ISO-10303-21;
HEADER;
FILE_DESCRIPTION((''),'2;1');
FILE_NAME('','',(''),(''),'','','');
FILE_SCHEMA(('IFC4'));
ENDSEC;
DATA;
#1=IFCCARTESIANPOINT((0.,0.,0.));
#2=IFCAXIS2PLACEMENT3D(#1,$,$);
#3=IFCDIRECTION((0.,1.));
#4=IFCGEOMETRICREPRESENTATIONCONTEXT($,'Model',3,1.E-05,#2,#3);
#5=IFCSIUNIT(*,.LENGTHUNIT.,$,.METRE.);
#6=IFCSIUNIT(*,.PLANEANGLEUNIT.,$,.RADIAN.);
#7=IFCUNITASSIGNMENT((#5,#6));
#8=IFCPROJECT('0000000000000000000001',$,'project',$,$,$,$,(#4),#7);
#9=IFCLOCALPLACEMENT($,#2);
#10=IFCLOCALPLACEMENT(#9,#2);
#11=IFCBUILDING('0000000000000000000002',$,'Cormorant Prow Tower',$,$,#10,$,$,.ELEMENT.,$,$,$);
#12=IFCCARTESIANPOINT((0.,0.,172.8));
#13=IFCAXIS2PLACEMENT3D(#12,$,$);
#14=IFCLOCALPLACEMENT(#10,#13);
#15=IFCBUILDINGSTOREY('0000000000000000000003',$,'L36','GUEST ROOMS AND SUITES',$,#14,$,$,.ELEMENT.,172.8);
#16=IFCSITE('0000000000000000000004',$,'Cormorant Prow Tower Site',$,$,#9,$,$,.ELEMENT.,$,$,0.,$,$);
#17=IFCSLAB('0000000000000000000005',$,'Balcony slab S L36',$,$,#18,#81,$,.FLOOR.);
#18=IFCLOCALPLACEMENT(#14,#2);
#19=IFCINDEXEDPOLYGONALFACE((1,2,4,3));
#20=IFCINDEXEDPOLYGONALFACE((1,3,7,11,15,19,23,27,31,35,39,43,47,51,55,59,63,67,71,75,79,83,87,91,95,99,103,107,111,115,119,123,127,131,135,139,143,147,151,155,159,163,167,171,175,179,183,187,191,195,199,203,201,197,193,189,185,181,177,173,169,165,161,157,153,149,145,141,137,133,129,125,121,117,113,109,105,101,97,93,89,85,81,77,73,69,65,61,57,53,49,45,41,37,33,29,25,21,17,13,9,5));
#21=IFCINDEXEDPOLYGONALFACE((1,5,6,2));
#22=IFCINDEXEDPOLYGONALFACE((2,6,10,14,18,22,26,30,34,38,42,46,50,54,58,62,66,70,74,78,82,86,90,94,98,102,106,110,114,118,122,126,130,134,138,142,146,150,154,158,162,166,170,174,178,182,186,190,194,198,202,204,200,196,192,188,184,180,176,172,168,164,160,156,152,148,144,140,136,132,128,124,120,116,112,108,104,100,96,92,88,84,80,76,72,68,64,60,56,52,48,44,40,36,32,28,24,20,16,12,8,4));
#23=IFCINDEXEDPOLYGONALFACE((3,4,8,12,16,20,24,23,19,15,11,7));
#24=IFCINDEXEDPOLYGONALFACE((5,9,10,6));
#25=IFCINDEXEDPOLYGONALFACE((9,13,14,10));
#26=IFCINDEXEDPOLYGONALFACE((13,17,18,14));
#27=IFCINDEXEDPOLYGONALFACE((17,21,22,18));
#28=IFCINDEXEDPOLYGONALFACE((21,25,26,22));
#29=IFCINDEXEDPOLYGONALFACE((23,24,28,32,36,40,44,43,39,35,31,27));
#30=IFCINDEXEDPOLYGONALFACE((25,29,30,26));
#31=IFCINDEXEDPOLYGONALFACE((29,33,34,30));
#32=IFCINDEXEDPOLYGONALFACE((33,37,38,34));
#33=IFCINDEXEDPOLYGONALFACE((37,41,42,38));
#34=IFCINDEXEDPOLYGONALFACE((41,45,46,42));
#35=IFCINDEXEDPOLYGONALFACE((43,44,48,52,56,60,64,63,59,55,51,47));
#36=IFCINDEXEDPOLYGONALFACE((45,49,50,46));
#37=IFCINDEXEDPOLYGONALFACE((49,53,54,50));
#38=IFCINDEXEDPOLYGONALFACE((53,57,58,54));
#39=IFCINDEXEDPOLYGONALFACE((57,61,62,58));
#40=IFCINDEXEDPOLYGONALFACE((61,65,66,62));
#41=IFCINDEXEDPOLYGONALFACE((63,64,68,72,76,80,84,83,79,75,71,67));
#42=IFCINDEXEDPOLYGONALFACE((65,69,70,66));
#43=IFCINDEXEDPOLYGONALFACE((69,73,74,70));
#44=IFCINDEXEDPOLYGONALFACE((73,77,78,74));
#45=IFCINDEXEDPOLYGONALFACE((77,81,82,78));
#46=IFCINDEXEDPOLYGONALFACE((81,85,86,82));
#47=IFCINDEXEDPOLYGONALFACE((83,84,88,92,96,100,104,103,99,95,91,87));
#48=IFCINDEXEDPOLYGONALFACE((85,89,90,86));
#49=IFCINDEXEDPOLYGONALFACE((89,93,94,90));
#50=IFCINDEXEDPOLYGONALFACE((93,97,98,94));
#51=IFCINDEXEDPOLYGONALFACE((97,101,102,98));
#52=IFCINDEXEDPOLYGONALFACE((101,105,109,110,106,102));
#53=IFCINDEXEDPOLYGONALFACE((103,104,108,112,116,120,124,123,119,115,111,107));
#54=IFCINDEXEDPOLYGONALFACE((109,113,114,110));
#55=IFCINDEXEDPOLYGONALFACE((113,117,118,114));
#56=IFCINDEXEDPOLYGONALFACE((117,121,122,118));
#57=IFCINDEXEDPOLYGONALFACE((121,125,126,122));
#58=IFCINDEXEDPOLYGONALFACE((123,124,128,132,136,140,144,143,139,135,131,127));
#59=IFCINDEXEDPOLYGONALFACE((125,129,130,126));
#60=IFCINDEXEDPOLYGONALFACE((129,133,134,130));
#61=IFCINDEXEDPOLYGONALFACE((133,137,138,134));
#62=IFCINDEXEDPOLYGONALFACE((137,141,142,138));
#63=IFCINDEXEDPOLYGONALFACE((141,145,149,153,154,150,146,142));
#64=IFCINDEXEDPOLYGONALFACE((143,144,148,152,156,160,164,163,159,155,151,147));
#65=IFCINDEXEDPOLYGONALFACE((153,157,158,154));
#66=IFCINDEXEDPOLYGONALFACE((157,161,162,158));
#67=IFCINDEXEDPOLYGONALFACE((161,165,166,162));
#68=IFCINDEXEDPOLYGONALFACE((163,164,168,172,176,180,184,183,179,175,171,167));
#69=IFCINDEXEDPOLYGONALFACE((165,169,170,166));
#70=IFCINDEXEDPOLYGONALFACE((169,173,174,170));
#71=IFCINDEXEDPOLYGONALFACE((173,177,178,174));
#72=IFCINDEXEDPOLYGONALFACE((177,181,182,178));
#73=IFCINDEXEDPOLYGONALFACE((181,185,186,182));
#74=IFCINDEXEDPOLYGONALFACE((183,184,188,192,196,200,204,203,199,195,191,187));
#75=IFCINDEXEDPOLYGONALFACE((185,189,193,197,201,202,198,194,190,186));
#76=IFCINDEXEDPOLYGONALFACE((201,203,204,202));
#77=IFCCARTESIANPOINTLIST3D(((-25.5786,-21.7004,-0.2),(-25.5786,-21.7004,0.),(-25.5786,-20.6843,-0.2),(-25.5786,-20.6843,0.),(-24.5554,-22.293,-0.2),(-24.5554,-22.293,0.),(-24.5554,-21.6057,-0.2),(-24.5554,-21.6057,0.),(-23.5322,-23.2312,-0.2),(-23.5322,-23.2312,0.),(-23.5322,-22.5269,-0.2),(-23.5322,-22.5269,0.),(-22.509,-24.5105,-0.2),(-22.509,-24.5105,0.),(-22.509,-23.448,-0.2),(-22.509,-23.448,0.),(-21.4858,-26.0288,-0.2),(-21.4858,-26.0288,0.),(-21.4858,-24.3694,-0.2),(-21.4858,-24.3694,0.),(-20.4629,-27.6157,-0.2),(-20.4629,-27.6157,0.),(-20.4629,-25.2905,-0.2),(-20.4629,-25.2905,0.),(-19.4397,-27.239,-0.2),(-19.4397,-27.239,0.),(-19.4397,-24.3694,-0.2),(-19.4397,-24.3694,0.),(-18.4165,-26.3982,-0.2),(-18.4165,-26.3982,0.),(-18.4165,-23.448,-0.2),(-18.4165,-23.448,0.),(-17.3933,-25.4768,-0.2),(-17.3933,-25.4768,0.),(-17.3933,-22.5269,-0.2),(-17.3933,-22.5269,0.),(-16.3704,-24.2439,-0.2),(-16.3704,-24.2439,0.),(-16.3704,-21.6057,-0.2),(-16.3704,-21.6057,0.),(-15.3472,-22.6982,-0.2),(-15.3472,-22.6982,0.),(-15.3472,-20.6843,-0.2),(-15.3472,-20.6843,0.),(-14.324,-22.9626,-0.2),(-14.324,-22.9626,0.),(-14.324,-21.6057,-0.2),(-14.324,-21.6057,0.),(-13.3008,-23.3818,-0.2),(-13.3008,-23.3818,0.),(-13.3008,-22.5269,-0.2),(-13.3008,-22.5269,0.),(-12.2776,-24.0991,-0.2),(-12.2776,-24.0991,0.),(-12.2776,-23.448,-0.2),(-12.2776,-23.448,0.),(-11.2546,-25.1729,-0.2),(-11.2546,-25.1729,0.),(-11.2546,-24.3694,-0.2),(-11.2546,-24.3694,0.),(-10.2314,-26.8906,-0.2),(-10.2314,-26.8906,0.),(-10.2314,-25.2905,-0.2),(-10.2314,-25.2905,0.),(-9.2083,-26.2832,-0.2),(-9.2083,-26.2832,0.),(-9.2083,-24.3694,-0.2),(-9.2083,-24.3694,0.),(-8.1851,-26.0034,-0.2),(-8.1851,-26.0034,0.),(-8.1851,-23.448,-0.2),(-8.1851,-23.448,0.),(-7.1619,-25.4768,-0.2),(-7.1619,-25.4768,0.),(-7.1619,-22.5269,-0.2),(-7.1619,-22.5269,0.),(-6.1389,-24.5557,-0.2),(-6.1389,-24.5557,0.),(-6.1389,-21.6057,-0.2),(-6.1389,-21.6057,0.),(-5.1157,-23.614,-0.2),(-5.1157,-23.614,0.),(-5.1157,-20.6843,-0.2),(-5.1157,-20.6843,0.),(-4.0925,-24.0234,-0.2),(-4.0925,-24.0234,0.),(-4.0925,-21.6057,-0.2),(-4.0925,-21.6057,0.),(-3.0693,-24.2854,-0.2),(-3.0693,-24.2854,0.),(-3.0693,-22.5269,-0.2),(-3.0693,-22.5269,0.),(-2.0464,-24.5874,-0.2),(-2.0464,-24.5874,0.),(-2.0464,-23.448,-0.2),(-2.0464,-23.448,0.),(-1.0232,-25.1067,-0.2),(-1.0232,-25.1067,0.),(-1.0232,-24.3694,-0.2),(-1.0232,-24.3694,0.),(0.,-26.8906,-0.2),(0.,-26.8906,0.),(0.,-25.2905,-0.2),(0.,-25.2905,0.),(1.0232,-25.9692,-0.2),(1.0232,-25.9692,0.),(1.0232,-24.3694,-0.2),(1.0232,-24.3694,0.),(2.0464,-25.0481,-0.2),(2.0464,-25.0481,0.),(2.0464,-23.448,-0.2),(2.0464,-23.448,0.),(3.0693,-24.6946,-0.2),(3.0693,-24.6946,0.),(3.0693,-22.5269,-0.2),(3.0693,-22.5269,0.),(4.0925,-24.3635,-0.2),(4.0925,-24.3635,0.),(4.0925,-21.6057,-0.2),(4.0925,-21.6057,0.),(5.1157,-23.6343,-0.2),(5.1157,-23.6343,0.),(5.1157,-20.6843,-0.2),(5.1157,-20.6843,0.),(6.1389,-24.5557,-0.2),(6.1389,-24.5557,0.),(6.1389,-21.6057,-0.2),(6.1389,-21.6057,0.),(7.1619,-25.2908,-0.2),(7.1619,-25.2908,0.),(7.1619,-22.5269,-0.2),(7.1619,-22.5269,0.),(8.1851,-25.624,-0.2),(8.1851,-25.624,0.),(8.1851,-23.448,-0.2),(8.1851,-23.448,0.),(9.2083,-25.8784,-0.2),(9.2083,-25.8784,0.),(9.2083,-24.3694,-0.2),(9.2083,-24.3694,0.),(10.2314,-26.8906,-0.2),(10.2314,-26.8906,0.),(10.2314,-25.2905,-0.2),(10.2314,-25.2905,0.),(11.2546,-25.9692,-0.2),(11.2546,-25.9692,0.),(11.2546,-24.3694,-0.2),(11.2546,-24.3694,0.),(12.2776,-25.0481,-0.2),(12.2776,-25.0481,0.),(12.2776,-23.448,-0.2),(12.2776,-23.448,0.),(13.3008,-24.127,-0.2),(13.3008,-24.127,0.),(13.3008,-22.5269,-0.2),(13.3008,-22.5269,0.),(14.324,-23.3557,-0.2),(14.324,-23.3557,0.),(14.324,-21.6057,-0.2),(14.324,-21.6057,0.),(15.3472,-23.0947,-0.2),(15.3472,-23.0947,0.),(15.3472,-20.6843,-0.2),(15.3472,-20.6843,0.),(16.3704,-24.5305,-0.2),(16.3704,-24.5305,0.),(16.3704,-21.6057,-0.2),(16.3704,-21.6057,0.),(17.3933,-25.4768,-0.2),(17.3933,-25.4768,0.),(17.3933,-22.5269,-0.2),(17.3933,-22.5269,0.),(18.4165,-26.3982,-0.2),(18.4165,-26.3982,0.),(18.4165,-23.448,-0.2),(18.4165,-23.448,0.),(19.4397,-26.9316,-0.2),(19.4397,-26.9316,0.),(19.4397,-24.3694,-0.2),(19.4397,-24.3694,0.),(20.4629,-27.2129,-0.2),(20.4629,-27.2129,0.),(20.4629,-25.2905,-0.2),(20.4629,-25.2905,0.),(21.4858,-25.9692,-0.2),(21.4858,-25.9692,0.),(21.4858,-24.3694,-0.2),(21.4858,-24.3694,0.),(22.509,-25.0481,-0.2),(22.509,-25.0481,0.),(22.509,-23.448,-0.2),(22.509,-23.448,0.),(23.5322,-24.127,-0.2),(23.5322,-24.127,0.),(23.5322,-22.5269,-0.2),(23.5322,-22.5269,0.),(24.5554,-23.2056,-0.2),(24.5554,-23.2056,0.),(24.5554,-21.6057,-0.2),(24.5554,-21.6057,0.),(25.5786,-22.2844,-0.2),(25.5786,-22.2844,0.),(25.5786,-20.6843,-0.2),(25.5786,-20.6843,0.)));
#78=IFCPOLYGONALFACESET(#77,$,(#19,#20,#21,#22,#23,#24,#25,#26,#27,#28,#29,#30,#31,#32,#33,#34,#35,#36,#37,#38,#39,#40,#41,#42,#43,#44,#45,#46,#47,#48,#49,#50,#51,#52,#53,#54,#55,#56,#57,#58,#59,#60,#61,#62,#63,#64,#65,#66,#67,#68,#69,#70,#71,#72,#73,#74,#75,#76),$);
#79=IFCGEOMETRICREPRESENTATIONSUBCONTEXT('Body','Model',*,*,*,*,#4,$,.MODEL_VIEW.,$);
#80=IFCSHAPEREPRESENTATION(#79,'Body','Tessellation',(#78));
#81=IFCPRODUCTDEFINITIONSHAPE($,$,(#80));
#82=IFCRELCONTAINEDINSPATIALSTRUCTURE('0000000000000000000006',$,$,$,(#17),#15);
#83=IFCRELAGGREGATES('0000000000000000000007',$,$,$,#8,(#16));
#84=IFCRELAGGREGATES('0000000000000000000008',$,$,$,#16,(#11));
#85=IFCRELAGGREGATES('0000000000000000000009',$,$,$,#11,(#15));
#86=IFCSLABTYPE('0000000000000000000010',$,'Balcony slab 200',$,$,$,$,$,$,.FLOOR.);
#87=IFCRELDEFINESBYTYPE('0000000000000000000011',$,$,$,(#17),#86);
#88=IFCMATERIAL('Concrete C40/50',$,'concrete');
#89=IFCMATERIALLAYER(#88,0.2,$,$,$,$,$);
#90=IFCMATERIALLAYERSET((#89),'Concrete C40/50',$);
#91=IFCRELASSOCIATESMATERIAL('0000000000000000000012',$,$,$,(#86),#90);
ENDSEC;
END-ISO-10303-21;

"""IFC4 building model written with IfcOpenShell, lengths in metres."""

from ifc_helpers import new_model, si_unit, direction, frame, origin, place, context, subcontext, project, spatial, polyline, outline, extrude, material, layer, layer_set, type_object, element, save


model = new_model("IFC4")

# Units and contexts
model_context = context("Model", 3, precision=1e-05, world=origin(), true_north=direction((0.0, 1.0)))
body_context = subcontext(model_context, "Body", "Model", "MODEL_VIEW")
ifc_project = project(units=[si_unit("LENGTHUNIT", "METRE"), si_unit("PLANEANGLEUNIT", "RADIAN")], contexts=[model_context])

# Site, building, storey
site_placement = place(None, origin())
site = spatial("IfcSite", under=ifc_project, at=site_placement, Name="Cormorant Prow Tower Site", CompositionType="ELEMENT", RefElevation=0.0)
building_placement = place(site_placement, origin())
building = spatial("IfcBuilding", under=site, at=building_placement, Name="Cormorant Prow Tower", CompositionType="ELEMENT")
storey_placement = place(building_placement, frame((0.0, 0.0, 172.8)))
storey = spatial("IfcBuildingStorey", under=building, at=storey_placement, Name="L36", Description="GUEST ROOMS AND SUITES", CompositionType="ELEMENT", Elevation=172.8)

# Slab
ifc_material_1 = material(Name="Concrete C40/50", Category="concrete")
ifc_layer_1 = layer(ifc_material_1, 0.2)
ifc_layer_set_1 = layer_set([ifc_layer_1], Name="Concrete C40/50")
slab_type_1 = type_object("IfcSlabType", Name="Balcony slab 200", PredefinedType="FLOOR", material=ifc_layer_set_1)
slab_1_placement = place(storey_placement, frame((0.0, 0.0, -0.2)))
element("IfcSlab", 1, at=slab_1_placement, inside=storey, type_object=slab_type_1, Name="Balcony slab S L36", PredefinedType="FLOOR", context=body_context, shape_type="SweptSolid", body=[
    extrude(outline(polyline([(-25.5786, -20.6843), (-25.5786, -21.7004), (-24.5554, -22.293), (-23.5322, -23.2312), (-22.509, -24.5105), (-21.4858, -26.0288), (-20.4629, -27.6157), (-19.4397, -27.239), (-18.4165, -26.3982), (-17.3933, -25.4768), (-16.3704, -24.2439), (-15.3472, -22.6982), (-14.324, -22.9626), (-13.3008, -23.3818), (-12.2776, -24.0991), (-11.2546, -25.1729), (-10.2314, -26.8906), (-9.2083, -26.2832), (-8.1851, -26.0034), (-7.1619, -25.4768), (-6.1389, -24.5557), (-5.1157, -23.614), (-4.0925, -24.0234), (-3.0693, -24.2854), (-2.0464, -24.5874), (-1.0232, -25.1067), (0.0, -26.8906), (1.0232, -25.9692), (2.0464, -25.0481), (3.0693, -24.6946), (4.0925, -24.3635), (5.1157, -23.6343), (6.1389, -24.5557), (7.1619, -25.2908), (8.1851, -25.624), (9.2083, -25.8784), (10.2314, -26.8906), (11.2546, -25.9692), (12.2776, -25.0481), (13.3008, -24.127), (14.324, -23.3557), (15.3472, -23.0947), (16.3704, -24.5305), (17.3933, -25.4768), (18.4165, -26.3982), (19.4397, -26.9316), (20.4629, -27.2129), (21.4858, -25.9692), (22.509, -25.0481), (23.5322, -24.127), (24.5554, -23.2056), (25.5786, -22.2844), (25.5786, -20.6843), (24.5554, -21.6057), (23.5322, -22.5269), (22.509, -23.448), (21.4858, -24.3694), (20.4629, -25.2905), (19.4397, -24.3694), (18.4165, -23.448), (17.3933, -22.5269), (16.3704, -21.6057), (15.3472, -20.6843), (14.324, -21.6057), (13.3008, -22.5269), (12.2776, -23.448), (11.2546, -24.3694), (10.2314, -25.2905), (9.2083, -24.3694), (8.1851, -23.448), (7.1619, -22.5269), (6.1389, -21.6057), (5.1157, -20.6843), (4.0925, -21.6057), (3.0693, -22.5269), (2.0464, -23.448), (1.0232, -24.3694), (0.0, -25.2905), (-1.0232, -24.3694), (-2.0464, -23.448), (-3.0693, -22.5269), (-4.0925, -21.6057), (-5.1157, -20.6843), (-6.1389, -21.6057), (-7.1619, -22.5269), (-8.1851, -23.448), (-9.2083, -24.3694), (-10.2314, -25.2905), (-11.2546, -24.3694), (-12.2776, -23.448), (-13.3008, -22.5269), (-14.324, -21.6057), (-15.3472, -20.6843), (-16.3704, -21.6057), (-17.3933, -22.5269), (-18.4165, -23.448), (-19.4397, -24.3694), (-20.4629, -25.2905), (-21.4858, -24.3694), (-22.509, -23.448), (-23.5322, -22.5269), (-24.5554, -21.6057), (-25.5786, -20.6843)])), origin(), (0.0, 0.0, 1.0), 0.2),
])

save(model, "model.ifc")
